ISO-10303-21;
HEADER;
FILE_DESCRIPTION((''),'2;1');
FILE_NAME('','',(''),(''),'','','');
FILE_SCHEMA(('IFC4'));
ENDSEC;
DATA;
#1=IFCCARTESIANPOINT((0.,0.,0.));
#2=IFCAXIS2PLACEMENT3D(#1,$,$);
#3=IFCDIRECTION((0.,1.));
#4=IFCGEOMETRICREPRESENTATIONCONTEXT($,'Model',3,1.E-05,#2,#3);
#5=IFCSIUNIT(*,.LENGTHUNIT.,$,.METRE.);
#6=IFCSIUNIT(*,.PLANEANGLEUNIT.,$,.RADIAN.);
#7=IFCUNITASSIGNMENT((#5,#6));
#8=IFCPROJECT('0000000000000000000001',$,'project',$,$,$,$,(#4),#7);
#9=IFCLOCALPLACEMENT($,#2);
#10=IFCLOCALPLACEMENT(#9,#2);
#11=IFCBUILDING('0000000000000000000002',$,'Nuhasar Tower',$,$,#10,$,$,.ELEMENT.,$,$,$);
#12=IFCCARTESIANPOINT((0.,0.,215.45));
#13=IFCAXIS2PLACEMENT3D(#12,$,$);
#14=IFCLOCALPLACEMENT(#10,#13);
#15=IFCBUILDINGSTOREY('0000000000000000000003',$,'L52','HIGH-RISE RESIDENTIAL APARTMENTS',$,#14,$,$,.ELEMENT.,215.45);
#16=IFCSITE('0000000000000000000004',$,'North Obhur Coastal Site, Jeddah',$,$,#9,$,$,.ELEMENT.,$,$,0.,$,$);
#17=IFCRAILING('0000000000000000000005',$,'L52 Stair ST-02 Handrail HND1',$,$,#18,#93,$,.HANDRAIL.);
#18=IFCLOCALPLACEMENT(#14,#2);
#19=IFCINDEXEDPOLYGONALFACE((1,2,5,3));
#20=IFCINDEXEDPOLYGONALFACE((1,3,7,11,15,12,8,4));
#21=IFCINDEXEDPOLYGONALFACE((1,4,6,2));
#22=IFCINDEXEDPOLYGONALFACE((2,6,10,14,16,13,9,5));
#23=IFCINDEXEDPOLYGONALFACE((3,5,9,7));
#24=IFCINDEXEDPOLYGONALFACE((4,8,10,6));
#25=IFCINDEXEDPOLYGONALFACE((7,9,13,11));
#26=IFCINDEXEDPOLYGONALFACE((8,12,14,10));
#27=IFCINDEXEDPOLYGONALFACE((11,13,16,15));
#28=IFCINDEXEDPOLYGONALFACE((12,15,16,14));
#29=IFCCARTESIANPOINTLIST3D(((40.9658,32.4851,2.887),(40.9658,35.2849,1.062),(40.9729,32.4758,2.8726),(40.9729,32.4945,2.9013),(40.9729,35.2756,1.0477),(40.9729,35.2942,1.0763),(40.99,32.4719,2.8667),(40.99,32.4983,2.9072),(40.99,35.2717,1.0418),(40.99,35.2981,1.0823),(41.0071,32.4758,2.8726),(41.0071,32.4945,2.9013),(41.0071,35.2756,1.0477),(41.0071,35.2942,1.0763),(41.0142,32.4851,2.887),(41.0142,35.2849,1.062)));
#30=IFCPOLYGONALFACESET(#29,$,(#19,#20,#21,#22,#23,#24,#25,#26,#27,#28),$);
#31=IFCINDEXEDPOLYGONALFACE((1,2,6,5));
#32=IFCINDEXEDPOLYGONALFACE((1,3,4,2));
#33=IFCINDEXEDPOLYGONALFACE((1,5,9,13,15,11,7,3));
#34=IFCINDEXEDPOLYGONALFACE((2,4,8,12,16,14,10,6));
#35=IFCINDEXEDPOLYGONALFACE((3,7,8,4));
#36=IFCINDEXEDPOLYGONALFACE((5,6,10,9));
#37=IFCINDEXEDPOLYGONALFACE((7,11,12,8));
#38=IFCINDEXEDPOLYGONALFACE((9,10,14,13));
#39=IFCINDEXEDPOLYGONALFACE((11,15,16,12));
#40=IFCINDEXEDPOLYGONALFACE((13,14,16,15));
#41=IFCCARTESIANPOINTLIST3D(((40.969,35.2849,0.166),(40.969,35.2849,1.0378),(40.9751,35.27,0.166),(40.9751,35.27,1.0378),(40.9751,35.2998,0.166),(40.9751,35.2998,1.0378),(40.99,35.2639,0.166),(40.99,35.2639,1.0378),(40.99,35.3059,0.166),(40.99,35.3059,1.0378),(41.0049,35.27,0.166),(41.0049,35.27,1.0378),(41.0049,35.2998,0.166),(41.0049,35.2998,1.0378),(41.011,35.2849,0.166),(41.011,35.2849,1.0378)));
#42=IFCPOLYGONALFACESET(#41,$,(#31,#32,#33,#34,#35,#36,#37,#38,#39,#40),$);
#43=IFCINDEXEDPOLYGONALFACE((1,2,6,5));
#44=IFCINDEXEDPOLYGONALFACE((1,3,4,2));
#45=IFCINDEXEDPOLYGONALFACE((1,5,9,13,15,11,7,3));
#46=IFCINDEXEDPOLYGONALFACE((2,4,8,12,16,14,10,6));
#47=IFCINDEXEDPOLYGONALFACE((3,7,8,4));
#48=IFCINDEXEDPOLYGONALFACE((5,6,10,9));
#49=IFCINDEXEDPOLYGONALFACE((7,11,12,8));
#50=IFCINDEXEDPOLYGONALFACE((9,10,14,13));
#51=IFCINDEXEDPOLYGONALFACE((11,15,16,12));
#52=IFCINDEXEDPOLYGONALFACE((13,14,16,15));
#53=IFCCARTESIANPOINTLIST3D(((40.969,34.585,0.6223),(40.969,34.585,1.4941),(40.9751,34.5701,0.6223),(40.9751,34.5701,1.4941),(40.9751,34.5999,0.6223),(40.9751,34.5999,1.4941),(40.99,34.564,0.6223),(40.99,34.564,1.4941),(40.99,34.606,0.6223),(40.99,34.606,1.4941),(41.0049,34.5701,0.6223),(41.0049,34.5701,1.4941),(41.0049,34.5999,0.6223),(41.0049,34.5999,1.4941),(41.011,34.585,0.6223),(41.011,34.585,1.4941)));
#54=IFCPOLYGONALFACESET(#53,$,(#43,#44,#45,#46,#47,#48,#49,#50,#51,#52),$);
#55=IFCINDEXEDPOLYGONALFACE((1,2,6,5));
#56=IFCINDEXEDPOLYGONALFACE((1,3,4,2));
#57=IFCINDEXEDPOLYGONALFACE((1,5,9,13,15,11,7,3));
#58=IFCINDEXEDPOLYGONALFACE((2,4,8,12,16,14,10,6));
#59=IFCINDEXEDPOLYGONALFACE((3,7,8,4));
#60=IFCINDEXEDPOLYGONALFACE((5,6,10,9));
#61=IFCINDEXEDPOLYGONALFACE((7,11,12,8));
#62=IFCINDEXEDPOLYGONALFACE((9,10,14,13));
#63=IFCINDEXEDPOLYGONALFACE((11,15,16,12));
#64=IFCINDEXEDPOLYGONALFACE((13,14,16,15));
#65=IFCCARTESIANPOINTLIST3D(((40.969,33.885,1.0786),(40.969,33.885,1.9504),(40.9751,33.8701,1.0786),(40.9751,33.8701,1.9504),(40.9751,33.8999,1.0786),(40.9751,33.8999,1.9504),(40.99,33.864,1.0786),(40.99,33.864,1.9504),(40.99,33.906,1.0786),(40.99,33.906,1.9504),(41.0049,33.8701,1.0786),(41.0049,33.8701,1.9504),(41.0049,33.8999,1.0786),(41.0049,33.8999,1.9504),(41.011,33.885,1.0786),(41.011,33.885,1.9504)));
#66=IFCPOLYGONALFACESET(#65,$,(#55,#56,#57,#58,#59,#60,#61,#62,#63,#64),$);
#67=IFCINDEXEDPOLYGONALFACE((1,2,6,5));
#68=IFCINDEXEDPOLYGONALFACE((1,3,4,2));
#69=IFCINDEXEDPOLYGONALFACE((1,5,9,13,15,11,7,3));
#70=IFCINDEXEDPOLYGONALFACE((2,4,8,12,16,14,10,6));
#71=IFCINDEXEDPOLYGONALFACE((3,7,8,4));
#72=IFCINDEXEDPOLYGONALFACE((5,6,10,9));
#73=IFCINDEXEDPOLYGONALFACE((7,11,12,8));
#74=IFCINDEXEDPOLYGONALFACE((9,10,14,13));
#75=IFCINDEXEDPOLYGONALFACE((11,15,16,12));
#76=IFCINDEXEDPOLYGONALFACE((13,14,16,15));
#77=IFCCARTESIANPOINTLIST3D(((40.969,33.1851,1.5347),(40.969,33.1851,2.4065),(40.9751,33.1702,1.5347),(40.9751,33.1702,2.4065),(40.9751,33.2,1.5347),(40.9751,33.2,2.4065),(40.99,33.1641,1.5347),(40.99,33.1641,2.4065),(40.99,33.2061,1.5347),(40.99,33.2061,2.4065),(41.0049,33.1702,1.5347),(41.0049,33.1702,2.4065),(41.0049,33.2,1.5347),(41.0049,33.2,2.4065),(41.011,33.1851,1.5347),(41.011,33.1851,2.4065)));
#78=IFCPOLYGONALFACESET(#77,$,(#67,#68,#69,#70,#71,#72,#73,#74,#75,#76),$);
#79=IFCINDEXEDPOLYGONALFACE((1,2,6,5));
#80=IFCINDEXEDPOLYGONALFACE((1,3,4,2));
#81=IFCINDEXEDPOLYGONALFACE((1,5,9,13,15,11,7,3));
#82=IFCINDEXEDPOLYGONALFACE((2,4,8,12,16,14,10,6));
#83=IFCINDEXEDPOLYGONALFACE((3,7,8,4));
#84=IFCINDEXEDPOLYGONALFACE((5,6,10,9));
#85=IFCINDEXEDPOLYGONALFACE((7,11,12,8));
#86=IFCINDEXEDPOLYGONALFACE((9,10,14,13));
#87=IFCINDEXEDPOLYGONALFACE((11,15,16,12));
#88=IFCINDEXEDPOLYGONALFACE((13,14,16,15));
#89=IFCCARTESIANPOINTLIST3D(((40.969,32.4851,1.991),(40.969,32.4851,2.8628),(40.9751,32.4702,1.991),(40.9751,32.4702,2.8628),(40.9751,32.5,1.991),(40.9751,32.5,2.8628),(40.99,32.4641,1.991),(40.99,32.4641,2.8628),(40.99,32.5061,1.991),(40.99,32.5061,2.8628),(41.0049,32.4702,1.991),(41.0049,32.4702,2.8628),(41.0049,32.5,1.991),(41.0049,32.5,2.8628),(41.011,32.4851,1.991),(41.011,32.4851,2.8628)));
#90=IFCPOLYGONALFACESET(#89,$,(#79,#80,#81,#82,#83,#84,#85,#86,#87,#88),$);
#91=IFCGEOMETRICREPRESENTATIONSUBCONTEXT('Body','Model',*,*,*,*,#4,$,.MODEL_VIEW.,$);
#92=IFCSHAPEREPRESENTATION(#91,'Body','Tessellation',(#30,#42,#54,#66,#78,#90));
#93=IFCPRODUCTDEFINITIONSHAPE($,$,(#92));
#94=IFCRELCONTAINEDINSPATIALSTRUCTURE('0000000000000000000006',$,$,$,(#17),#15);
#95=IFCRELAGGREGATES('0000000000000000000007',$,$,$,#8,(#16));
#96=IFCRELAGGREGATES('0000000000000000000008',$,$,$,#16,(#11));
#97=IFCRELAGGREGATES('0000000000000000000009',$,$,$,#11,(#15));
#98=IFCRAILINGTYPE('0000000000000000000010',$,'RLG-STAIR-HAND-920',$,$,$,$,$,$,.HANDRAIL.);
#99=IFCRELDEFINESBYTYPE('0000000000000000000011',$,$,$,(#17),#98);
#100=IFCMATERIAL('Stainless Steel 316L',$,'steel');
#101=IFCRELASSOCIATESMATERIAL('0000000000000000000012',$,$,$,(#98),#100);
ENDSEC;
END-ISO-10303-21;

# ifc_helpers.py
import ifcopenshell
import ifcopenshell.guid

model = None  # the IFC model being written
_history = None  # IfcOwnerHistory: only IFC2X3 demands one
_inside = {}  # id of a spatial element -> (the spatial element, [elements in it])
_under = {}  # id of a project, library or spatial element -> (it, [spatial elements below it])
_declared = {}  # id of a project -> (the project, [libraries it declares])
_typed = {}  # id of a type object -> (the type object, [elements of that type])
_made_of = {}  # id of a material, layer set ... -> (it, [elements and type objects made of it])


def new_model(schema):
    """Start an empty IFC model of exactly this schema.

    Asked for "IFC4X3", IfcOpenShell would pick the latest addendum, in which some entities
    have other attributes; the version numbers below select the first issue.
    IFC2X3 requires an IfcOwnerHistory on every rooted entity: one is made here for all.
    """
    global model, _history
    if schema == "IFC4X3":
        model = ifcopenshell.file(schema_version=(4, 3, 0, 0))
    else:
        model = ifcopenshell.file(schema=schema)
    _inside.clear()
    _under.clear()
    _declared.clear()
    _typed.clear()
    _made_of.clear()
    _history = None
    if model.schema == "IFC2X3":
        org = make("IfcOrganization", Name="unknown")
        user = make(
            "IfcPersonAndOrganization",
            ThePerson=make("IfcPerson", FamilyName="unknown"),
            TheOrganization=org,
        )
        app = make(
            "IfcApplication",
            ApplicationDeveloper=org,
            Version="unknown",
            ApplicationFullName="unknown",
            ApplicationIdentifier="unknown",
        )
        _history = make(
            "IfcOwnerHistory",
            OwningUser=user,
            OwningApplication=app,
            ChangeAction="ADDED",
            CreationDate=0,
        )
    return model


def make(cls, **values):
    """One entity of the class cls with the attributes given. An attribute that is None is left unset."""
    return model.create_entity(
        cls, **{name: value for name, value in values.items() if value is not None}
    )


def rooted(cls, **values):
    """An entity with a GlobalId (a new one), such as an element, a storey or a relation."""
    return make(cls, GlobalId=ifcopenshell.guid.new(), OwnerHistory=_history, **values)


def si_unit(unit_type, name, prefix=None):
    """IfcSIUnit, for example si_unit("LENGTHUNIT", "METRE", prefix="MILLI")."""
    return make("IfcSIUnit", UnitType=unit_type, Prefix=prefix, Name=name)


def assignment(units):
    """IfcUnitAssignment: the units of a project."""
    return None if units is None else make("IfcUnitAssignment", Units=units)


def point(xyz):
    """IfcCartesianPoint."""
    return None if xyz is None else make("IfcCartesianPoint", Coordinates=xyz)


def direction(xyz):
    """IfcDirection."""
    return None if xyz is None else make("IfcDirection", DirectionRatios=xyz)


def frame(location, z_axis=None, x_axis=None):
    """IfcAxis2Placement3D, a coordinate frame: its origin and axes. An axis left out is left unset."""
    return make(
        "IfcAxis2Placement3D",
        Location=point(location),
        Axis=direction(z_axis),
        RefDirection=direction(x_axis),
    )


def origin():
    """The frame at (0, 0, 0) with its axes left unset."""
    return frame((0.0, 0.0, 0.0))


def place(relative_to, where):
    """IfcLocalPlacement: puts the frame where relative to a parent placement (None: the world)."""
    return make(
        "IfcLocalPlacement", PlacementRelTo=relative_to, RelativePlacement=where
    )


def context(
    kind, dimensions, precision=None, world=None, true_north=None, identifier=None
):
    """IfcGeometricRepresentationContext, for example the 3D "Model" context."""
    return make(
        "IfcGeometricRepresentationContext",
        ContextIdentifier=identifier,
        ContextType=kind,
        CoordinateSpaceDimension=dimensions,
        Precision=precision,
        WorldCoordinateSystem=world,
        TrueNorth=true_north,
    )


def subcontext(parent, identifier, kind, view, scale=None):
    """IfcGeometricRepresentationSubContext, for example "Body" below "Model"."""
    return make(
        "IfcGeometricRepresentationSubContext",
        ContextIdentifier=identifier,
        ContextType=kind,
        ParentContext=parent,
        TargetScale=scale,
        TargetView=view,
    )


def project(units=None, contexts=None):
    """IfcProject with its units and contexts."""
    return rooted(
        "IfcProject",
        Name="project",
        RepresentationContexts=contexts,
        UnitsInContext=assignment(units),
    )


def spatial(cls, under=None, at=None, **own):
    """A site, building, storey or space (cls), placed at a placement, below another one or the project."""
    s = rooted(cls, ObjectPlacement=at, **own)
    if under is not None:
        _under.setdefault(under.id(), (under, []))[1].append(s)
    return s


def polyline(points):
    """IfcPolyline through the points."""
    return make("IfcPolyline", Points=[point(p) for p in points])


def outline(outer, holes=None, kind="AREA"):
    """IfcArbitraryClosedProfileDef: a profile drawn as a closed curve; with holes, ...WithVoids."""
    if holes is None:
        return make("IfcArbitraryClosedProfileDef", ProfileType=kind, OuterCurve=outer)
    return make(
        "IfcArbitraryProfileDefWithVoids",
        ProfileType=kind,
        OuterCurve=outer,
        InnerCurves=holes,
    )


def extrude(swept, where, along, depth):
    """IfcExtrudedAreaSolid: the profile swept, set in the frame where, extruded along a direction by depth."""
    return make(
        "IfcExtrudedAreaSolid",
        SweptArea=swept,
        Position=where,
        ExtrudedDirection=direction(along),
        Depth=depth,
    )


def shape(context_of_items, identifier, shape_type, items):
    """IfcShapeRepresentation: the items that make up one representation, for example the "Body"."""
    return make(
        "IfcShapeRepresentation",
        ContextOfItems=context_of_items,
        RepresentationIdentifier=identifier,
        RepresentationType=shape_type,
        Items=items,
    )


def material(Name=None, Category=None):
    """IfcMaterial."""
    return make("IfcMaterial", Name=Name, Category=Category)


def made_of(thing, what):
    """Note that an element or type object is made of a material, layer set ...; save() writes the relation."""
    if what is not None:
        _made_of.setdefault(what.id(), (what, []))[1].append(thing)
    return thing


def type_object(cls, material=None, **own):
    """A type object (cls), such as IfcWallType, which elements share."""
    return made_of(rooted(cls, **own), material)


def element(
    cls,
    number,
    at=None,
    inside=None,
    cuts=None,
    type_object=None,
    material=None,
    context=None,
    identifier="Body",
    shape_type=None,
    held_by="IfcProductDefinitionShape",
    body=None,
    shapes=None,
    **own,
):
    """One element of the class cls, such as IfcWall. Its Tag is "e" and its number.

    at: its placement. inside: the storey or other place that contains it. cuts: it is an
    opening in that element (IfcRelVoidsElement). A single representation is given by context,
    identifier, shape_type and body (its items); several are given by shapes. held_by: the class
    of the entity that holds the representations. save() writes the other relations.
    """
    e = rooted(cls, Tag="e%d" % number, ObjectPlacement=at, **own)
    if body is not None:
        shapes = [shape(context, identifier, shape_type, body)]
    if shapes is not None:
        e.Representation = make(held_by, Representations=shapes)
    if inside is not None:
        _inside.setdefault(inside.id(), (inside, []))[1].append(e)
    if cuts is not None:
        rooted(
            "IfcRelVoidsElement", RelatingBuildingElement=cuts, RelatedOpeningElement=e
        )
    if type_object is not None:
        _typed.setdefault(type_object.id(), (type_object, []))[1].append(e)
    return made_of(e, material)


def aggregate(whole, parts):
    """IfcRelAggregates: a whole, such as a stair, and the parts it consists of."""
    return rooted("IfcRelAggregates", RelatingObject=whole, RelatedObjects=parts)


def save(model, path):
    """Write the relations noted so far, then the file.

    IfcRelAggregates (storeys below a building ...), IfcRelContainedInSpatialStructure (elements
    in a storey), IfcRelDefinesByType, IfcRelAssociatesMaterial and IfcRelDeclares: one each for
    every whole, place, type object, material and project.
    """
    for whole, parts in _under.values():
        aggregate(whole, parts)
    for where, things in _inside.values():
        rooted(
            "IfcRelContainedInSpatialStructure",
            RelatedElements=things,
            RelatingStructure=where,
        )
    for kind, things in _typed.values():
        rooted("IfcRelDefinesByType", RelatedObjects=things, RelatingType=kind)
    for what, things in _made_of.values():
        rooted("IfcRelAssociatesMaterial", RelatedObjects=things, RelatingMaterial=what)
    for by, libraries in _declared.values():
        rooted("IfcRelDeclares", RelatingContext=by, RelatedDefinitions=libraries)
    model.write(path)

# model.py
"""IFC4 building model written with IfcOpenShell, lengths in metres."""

from ifc_helpers import new_model, si_unit, direction, frame, origin, place, context, subcontext, project, spatial, polyline, outline, extrude, material, type_object, element, save


model = new_model("IFC4")

# Units and contexts
model_context = context("Model", 3, precision=1e-05, world=origin(), true_north=direction((0.0, 1.0)))
body_context = subcontext(model_context, "Body", "Model", "MODEL_VIEW")
ifc_project = project(units=[si_unit("LENGTHUNIT", "METRE"), si_unit("PLANEANGLEUNIT", "RADIAN")], contexts=[model_context])

# Site, building, storey
site_placement = place(None, origin())
site = spatial("IfcSite", under=ifc_project, at=site_placement, Name="North Obhur Coastal Site, Jeddah", CompositionType="ELEMENT", RefElevation=0.0)
building_placement = place(site_placement, origin())
building = spatial("IfcBuilding", under=site, at=building_placement, Name="Nuhasar Tower", CompositionType="ELEMENT")
storey_placement = place(building_placement, frame((0.0, 0.0, 215.45)))
storey = spatial("IfcBuildingStorey", under=building, at=storey_placement, Name="L52", Description="HIGH-RISE RESIDENTIAL APARTMENTS", CompositionType="ELEMENT", Elevation=215.45)

# Railing
ifc_material_1 = material(Name="Stainless Steel 316L", Category="steel")
railing_type_1 = type_object("IfcRailingType", Name="RLG-STAIR-HAND-920", PredefinedType="HANDRAIL", material=ifc_material_1)
railing_1_placement = place(storey_placement, frame((40.99, 35.2849, 0.166)))
element("IfcRailing", 1, at=railing_1_placement, inside=storey, type_object=railing_type_1, Name="L52 Stair ST-02 Handrail HND1", PredefinedType="HANDRAIL", context=body_context, shape_type="SweptSolid", body=[
    extrude(outline(polyline([(0.0242, 0.0), (0.0171, 0.0171), (0.0, 0.0242), (-0.0171, 0.0171), (-0.0242, 0.0), (-0.0171, -0.0171), (0.0, -0.0242), (0.0171, -0.0171), (0.0242, 0.0)])), frame((0.0, 0.0, 0.896), z_axis=(0.0, -0.837749, 0.546056), x_axis=(1.0, 0.0, 0.0)), (0.0, 0.0, 1.0), 3.342),
    extrude(outline(polyline([(0.021, 0.0), (0.0149, 0.0149), (0.0, 0.021), (-0.0149, 0.0149), (-0.021, 0.0), (-0.0149, -0.0149), (0.0, -0.021), (0.0149, -0.0149), (0.021, 0.0)])), origin(), (0.0, 0.0, 1.0), 0.8718),
    extrude(outline(polyline([(0.021, 0.0), (0.0149, 0.0149), (0.0, 0.021), (-0.0149, 0.0149), (-0.021, 0.0), (-0.0149, -0.0149), (0.0, -0.021), (0.0149, -0.0149), (0.021, 0.0)])), frame((0.0, -0.7, 0.4563)), (0.0, 0.0, 1.0), 0.8718),
    extrude(outline(polyline([(0.021, 0.0), (0.0149, 0.0149), (0.0, 0.021), (-0.0149, 0.0149), (-0.021, 0.0), (-0.0149, -0.0149), (0.0, -0.021), (0.0149, -0.0149), (0.021, 0.0)])), frame((0.0, -1.3999, 0.9126)), (0.0, 0.0, 1.0), 0.8718),
    extrude(outline(polyline([(0.021, 0.0), (0.0149, 0.0149), (0.0, 0.021), (-0.0149, 0.0149), (-0.021, 0.0), (-0.0149, -0.0149), (0.0, -0.021), (0.0149, -0.0149), (0.021, 0.0)])), frame((0.0, -2.0999, 1.3687)), (0.0, 0.0, 1.0), 0.8718),
    extrude(outline(polyline([(0.021, 0.0), (0.0149, 0.0149), (0.0, 0.021), (-0.0149, 0.0149), (-0.021, 0.0), (-0.0149, -0.0149), (0.0, -0.021), (0.0149, -0.0149), (0.021, 0.0)])), frame((0.0, -2.7998, 1.825)), (0.0, 0.0, 1.0), 0.8718),
])

save(model, "model.ifc")
